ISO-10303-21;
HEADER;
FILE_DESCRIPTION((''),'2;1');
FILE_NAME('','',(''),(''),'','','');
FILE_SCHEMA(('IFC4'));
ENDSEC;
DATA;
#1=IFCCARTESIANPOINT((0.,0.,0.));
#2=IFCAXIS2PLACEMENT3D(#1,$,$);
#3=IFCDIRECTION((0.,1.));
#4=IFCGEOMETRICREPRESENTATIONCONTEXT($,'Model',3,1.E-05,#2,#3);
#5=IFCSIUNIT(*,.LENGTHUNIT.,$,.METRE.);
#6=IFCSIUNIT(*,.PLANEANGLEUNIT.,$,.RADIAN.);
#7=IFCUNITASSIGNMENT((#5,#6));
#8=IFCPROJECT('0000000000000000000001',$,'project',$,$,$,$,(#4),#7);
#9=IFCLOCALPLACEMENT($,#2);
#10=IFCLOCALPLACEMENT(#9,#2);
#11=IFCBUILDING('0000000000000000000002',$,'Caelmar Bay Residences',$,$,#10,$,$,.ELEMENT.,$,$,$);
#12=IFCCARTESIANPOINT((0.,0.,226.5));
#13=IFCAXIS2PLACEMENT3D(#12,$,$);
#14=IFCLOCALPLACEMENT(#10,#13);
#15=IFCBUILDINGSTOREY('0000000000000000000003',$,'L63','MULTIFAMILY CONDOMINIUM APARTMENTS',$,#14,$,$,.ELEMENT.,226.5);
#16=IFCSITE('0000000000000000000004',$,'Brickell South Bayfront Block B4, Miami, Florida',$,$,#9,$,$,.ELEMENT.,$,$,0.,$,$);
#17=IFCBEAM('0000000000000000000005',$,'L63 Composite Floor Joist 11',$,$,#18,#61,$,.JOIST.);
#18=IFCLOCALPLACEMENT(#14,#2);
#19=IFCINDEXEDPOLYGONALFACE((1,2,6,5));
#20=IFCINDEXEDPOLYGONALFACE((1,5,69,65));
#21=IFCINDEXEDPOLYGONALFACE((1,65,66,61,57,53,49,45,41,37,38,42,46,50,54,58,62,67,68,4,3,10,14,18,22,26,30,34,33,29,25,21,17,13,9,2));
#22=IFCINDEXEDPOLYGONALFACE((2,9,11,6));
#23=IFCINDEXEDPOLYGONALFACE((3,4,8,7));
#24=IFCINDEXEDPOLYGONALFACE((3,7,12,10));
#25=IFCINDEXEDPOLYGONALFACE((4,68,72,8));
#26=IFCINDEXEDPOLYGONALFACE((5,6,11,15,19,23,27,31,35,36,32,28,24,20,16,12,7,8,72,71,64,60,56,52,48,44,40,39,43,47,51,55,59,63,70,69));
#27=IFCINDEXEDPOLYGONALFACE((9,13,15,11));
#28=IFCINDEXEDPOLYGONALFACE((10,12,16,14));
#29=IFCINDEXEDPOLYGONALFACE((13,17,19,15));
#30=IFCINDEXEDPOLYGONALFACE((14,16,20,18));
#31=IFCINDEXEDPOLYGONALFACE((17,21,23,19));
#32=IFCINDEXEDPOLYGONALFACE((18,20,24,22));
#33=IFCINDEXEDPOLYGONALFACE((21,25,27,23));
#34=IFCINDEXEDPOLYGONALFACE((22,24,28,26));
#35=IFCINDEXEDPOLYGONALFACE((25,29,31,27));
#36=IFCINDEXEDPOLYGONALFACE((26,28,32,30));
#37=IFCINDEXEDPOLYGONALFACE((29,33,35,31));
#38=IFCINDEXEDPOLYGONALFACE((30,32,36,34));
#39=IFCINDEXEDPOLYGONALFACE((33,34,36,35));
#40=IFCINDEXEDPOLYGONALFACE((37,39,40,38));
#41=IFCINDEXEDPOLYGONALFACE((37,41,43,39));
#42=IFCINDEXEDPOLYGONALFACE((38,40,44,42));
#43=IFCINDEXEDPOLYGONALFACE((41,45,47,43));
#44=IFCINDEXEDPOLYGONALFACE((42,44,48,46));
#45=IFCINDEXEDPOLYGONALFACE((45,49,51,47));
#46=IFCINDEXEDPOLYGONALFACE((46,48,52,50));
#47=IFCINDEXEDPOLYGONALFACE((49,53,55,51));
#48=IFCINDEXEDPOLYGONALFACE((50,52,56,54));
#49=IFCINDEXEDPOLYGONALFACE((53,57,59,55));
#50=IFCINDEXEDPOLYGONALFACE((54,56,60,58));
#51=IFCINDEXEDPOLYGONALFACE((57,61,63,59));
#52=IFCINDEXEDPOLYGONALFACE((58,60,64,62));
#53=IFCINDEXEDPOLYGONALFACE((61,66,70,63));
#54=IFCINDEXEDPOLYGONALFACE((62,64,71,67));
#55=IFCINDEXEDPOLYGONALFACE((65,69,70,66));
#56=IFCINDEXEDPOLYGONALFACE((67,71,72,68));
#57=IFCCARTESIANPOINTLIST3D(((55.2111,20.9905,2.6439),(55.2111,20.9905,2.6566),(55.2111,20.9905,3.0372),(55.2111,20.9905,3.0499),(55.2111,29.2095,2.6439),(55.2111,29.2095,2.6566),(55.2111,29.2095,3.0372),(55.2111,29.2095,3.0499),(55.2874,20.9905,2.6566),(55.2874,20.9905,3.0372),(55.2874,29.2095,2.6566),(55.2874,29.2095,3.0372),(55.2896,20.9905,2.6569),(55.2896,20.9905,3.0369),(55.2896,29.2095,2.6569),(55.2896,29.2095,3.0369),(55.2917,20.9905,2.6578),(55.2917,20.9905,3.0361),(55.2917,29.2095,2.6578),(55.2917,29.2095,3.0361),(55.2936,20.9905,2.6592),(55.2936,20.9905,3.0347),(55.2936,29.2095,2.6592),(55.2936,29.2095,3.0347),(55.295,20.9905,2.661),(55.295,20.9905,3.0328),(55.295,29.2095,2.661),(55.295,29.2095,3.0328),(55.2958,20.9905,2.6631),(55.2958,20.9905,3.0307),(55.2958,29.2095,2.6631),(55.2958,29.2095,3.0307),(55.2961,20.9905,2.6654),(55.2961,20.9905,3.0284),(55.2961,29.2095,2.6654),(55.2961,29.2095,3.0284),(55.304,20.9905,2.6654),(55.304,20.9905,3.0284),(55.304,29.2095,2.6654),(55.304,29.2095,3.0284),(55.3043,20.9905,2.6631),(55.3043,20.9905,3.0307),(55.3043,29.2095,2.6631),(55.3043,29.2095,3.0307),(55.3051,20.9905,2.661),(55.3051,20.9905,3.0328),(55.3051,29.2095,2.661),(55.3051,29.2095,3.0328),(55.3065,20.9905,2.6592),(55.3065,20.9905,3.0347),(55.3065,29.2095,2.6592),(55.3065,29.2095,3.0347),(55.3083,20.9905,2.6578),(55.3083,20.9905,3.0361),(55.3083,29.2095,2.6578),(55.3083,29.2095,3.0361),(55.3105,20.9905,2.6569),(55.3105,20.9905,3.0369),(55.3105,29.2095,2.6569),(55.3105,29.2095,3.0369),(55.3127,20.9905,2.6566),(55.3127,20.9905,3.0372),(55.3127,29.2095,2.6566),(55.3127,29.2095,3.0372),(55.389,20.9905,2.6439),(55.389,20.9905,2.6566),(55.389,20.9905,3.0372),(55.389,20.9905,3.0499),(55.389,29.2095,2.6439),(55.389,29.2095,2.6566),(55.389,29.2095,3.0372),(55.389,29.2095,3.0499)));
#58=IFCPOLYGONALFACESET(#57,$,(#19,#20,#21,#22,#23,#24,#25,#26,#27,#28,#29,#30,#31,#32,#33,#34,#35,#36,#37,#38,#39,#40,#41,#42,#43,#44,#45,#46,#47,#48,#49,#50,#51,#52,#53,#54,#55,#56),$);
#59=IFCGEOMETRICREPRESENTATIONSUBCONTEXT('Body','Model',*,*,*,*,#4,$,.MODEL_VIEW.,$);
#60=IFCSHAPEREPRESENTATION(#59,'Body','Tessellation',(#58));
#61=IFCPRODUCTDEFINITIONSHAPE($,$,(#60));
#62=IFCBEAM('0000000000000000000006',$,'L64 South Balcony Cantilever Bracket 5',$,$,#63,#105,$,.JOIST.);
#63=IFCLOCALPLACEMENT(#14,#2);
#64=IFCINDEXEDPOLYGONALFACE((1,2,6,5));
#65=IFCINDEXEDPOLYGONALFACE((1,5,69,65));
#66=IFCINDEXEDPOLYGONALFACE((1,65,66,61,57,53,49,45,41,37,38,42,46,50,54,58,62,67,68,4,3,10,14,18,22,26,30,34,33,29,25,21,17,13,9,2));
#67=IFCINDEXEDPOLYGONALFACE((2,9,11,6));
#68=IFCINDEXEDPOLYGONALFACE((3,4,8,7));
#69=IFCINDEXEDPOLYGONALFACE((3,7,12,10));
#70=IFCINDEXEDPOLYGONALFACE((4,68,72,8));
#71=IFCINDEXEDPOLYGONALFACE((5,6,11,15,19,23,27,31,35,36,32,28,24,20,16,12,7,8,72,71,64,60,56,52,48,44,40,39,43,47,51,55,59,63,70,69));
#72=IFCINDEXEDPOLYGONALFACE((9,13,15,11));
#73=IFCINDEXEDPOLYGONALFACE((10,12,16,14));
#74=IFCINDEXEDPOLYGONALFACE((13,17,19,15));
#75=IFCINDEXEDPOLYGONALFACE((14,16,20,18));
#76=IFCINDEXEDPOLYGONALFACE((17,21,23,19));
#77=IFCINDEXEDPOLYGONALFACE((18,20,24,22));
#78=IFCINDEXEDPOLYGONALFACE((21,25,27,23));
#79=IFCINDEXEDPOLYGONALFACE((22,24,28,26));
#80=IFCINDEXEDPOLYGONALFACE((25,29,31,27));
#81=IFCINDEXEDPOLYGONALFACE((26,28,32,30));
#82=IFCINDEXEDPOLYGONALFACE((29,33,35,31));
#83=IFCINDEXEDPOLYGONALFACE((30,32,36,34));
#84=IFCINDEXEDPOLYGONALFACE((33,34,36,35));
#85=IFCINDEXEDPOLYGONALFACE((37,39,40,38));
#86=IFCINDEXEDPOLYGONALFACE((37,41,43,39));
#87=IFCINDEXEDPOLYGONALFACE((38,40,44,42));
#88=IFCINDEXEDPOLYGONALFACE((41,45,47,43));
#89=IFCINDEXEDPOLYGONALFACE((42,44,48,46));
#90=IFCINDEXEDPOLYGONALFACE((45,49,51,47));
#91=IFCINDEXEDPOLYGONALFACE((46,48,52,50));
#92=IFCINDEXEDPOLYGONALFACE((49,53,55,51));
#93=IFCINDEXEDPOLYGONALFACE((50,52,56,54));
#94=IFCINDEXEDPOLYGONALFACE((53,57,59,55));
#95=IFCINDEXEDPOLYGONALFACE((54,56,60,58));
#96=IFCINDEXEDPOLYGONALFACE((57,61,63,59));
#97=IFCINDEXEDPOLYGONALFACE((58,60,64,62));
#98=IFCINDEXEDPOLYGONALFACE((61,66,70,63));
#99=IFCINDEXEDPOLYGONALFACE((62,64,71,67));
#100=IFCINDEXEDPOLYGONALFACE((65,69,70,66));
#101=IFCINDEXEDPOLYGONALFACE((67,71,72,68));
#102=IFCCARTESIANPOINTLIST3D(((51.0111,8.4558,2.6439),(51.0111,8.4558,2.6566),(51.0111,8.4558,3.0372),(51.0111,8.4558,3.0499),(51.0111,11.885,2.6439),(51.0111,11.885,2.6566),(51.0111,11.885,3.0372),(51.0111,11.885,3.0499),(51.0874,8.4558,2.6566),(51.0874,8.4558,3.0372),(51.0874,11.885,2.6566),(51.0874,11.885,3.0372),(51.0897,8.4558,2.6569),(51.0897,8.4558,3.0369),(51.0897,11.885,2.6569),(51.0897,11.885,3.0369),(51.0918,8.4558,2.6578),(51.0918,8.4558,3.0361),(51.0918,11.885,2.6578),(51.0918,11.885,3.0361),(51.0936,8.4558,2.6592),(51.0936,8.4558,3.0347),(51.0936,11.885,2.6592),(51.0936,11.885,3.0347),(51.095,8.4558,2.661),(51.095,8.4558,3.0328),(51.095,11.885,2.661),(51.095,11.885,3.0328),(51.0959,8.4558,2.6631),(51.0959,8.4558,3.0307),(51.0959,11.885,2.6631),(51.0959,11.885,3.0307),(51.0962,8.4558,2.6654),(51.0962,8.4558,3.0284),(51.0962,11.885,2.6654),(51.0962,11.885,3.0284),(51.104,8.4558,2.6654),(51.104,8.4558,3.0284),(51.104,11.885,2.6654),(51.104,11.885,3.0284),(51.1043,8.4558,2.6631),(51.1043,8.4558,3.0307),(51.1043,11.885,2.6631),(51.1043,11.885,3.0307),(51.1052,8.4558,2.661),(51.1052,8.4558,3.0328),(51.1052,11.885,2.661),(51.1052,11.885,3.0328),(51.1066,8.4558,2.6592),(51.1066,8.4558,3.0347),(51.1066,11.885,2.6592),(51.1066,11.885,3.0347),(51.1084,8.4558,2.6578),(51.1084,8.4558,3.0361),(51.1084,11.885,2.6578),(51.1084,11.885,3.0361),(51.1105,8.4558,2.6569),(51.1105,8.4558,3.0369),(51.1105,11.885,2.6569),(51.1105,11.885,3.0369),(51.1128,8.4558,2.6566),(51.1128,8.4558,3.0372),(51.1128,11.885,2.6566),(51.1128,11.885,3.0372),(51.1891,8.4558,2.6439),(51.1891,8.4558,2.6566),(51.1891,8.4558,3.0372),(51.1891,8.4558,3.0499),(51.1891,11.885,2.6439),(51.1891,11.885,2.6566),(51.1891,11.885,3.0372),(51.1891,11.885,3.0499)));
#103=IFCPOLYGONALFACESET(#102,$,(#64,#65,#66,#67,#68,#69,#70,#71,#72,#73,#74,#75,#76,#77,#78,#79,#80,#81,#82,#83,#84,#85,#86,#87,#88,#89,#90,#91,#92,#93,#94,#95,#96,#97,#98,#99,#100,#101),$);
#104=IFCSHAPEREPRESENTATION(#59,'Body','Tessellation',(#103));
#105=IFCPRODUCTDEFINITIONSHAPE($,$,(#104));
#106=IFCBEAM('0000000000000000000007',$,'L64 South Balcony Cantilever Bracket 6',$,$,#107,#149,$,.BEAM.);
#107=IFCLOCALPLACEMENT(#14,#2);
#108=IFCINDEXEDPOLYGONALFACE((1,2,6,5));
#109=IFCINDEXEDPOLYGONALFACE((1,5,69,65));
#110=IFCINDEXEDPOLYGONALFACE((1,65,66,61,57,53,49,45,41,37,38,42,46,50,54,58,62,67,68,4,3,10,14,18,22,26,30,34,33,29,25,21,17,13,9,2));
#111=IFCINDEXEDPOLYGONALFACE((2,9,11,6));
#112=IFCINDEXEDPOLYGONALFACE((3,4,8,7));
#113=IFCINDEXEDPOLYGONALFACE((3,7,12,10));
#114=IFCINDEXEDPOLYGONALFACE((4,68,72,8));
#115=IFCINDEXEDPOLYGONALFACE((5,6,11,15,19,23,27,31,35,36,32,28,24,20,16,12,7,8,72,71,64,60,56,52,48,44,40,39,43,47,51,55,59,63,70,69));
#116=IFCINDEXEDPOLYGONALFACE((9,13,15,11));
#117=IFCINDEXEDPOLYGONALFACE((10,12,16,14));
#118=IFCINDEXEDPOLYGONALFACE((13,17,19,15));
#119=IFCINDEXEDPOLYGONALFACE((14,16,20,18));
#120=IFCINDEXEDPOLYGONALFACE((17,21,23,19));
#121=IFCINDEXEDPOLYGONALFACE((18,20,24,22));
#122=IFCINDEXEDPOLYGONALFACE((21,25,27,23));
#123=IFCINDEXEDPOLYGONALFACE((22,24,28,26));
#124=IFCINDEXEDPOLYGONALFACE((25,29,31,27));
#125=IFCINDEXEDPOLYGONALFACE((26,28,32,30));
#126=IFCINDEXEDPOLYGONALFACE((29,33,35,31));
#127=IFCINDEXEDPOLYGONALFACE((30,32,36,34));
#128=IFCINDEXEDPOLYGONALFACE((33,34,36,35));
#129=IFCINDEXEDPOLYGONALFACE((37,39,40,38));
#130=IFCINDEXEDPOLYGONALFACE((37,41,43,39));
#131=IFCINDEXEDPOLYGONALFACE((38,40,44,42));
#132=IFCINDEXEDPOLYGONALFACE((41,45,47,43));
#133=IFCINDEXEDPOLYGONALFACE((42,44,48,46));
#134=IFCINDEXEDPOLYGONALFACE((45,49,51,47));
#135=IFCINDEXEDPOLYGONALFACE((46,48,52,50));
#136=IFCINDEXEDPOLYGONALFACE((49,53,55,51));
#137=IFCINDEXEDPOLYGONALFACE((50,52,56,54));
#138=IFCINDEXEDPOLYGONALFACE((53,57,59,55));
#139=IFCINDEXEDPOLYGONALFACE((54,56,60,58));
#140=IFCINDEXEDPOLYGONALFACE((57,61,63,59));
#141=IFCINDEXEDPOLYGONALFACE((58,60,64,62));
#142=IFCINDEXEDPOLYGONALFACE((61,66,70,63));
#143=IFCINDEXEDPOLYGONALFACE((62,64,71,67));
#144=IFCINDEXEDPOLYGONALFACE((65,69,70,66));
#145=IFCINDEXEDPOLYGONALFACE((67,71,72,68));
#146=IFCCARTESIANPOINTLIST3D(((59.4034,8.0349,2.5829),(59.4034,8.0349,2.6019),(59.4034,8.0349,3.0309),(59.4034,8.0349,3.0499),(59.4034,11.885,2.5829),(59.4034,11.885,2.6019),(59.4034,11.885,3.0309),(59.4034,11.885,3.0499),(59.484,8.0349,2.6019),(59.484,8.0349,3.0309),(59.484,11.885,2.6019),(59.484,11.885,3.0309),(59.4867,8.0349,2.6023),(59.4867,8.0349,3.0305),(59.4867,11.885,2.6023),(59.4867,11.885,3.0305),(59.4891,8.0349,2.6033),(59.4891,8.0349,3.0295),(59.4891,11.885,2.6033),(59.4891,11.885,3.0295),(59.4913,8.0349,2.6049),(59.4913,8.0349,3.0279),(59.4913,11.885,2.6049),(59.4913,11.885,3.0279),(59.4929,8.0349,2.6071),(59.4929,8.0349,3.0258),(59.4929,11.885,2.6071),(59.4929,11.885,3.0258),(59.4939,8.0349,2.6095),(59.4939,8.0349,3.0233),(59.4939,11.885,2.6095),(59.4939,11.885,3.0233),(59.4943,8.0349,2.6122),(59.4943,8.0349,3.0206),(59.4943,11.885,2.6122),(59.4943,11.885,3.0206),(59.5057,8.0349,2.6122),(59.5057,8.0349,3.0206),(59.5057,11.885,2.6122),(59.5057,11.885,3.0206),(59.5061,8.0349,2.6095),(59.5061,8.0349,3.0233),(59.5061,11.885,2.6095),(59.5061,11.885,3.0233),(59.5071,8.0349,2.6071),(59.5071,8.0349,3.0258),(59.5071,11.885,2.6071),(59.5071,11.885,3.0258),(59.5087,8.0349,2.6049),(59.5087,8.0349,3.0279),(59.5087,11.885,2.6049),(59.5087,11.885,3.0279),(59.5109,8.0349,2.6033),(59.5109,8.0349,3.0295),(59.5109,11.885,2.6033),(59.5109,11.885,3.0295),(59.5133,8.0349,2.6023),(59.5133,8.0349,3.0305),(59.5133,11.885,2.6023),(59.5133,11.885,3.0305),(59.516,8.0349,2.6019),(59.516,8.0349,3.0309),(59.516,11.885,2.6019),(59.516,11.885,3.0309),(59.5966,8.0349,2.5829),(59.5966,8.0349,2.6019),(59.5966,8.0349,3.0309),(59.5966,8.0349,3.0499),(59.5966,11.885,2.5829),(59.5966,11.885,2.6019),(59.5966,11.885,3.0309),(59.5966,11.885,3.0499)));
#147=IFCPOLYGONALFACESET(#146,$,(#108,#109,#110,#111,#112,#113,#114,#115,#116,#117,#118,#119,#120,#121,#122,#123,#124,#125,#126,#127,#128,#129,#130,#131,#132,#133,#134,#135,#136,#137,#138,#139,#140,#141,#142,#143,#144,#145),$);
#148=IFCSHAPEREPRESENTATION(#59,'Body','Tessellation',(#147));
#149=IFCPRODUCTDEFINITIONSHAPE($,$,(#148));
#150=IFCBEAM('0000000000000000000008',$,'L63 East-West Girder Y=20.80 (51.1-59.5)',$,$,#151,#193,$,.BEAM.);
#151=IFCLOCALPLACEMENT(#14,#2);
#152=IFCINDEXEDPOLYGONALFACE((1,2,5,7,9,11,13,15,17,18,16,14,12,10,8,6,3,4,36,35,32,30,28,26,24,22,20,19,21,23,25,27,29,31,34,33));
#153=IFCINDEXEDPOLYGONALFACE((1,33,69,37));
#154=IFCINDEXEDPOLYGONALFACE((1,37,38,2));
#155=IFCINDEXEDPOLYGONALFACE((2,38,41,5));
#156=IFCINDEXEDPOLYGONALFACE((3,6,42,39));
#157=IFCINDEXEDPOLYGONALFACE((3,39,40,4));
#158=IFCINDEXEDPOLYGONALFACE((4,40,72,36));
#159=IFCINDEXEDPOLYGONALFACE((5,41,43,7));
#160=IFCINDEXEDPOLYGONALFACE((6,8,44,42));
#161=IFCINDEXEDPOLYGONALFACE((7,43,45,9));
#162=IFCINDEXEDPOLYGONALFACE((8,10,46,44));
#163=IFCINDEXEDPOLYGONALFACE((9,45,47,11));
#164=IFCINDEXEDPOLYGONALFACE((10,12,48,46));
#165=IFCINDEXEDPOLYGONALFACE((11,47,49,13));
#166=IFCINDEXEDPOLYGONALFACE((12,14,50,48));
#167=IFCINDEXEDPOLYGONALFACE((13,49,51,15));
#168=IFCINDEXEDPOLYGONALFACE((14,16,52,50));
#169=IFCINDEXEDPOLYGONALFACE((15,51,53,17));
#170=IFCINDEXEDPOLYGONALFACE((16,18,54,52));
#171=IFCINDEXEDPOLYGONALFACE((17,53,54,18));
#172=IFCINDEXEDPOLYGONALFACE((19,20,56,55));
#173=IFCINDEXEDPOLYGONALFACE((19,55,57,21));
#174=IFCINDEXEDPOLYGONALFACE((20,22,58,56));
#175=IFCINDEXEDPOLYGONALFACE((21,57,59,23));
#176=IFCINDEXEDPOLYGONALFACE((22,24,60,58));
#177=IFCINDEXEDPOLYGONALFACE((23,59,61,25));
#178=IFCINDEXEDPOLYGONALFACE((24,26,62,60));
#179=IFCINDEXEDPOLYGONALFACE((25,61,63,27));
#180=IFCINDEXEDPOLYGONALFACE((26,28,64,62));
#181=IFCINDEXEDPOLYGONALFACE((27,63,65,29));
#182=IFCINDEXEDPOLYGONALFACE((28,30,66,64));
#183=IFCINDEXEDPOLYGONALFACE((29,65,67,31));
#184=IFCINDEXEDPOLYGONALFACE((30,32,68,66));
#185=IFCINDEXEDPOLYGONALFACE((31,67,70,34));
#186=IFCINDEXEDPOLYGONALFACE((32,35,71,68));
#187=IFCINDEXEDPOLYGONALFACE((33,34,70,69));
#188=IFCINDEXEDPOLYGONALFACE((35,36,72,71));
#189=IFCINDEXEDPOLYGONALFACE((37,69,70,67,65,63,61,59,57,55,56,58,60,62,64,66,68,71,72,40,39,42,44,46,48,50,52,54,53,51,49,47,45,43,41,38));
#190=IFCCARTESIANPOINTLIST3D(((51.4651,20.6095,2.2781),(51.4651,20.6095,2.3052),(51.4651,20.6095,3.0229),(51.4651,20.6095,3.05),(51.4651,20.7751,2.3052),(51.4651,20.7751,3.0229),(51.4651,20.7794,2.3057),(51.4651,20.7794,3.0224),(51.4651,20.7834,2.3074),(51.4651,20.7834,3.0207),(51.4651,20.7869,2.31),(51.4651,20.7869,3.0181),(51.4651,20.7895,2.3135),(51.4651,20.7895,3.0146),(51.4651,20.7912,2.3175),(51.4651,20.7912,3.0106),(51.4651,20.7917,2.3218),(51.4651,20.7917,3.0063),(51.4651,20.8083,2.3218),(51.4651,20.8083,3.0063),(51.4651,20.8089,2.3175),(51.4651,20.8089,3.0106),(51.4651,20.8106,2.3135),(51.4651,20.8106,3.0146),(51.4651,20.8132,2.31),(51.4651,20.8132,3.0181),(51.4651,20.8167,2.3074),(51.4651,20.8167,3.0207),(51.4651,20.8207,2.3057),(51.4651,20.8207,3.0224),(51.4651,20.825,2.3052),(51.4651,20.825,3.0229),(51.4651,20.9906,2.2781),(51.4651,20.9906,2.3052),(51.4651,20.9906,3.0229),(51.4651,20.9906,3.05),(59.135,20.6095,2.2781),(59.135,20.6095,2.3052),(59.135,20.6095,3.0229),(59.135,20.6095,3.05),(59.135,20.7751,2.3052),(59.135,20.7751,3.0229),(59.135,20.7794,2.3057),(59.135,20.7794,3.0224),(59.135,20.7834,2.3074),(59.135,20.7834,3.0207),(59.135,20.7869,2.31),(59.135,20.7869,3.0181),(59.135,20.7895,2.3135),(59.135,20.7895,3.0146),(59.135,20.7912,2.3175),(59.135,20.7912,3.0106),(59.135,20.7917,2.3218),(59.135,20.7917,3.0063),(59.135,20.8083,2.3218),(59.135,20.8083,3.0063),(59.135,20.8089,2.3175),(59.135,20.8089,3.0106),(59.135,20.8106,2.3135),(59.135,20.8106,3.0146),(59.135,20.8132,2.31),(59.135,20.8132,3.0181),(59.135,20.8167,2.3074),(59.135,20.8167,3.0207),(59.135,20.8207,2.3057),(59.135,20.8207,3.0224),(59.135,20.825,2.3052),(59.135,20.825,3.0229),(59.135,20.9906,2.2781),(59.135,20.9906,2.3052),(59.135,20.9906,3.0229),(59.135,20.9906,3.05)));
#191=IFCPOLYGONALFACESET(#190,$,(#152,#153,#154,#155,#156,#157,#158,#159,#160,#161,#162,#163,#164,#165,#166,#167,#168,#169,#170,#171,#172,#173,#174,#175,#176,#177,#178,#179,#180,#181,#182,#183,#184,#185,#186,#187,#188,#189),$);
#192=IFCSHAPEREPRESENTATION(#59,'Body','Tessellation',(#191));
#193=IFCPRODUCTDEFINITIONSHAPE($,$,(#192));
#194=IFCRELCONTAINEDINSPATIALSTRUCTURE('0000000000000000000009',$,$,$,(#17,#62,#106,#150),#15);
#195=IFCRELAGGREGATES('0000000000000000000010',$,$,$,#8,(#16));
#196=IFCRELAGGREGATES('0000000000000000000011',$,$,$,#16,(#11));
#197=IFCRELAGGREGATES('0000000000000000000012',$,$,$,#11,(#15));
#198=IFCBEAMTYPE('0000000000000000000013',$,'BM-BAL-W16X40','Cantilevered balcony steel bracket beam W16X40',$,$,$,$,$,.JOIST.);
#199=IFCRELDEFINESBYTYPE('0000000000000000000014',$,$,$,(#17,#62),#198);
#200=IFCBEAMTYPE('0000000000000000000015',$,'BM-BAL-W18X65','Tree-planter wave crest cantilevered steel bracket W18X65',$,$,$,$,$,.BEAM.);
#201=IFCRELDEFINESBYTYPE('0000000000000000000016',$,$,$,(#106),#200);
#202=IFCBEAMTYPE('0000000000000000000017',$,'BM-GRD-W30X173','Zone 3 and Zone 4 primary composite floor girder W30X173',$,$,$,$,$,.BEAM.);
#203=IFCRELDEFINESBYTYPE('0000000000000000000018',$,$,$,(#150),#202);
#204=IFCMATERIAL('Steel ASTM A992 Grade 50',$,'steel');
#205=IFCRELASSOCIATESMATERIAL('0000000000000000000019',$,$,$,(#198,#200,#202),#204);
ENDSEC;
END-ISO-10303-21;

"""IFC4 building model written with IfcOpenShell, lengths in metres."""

from ifc_helpers import new_model, si_unit, direction, frame, origin, origin_2d, place, context, subcontext, project, spatial, i_section, extrude, material, material_profile, profile_set, type_object, element, save


model = new_model("IFC4")

# Units and contexts
model_context = context("Model", 3, precision=1e-05, world=origin(), true_north=direction((0.0, 1.0)))
body_context = subcontext(model_context, "Body", "Model", "MODEL_VIEW")
ifc_project = project(units=[si_unit("LENGTHUNIT", "METRE"), si_unit("PLANEANGLEUNIT", "RADIAN")], contexts=[model_context])

# Site, building, storey
site_placement = place(None, origin())
site = spatial("IfcSite", under=ifc_project, at=site_placement, Name="Brickell South Bayfront Block B4, Miami, Florida", CompositionType="ELEMENT", RefElevation=0.0)
building_placement = place(site_placement, origin())
building = spatial("IfcBuilding", under=site, at=building_placement, Name="Caelmar Bay Residences", CompositionType="ELEMENT")
storey_placement = place(building_placement, frame((0.0, 0.0, 226.5)))
storey = spatial("IfcBuildingStorey", under=building, at=storey_placement, Name="L63", Description="MULTIFAMILY CONDOMINIUM APARTMENTS", CompositionType="ELEMENT", Elevation=226.5)

# Beams
ifc_material_1 = material(Name="Steel ASTM A992 Grade 50", Category="steel")
ifc_material_profile_1 = material_profile(ifc_material_1, i_section(OverallWidth=0.178, OverallDepth=0.406, WebThickness=0.0078, FlangeThickness=0.0127, FilletRadius=0.0088, at=origin_2d()), Name="W16X40")
ifc_profile_set_1 = profile_set([ifc_material_profile_1], Name="Steel ASTM A992 Grade 50")
beam_type_1 = type_object("IfcBeamType", Name="BM-BAL-W16X40", Description="Cantilevered balcony steel bracket beam W16X40", PredefinedType="JOIST", material=ifc_profile_set_1)
for number, where, z_axis, x_axis, name in (
    (1, (55.3, 20.9905, 2.8469), (0.0, 1.0, 0.0), (-1.0, 0.0, 0.0), "L63 Composite Floor Joist 11"),
):
    element("IfcBeam", number, at=place(storey_placement, frame(where, z_axis=z_axis, x_axis=x_axis)), inside=storey, type_object=beam_type_1, Name=name, PredefinedType="JOIST", context=body_context, shape_type="SweptSolid", body=[
        extrude(i_section(OverallWidth=0.178, OverallDepth=0.406, WebThickness=0.0078, FlangeThickness=0.0127, FilletRadius=0.0088, at=origin_2d()), origin(), (0.0, 0.0, 1.0), 8.219),
    ])
beam_1_placement = place(storey_placement, frame((51.1001, 11.885, 2.8469), z_axis=(0.0, -1.0, 0.0), x_axis=(1.0, 0.0, 0.0)))
element("IfcBeam", 2, at=beam_1_placement, inside=storey, type_object=beam_type_1, Name="L64 South Balcony Cantilever Bracket 5", PredefinedType="JOIST", context=body_context, shape_type="SweptSolid", body=[
    extrude(i_section(OverallWidth=0.178, OverallDepth=0.406, WebThickness=0.0078, FlangeThickness=0.0127, FilletRadius=0.0088, at=origin_2d()), origin(), (0.0, 0.0, 1.0), 3.4292),
])
ifc_material_profile_2 = material_profile(ifc_material_1, i_section(OverallWidth=0.1931, OverallDepth=0.467, WebThickness=0.0115, FlangeThickness=0.019, FilletRadius=0.0103, at=origin_2d()), Name="W18X65")
ifc_profile_set_2 = profile_set([ifc_material_profile_2], Name="Steel ASTM A992 Grade 50")
beam_type_2 = type_object("IfcBeamType", Name="BM-BAL-W18X65", Description="Tree-planter wave crest cantilevered steel bracket W18X65", PredefinedType="BEAM", material=ifc_profile_set_2)
beam_2_placement = place(storey_placement, frame((59.5, 11.885, 2.8164), z_axis=(0.0, -1.0, 0.0), x_axis=(1.0, 0.0, 0.0)))
element("IfcBeam", 3, at=beam_2_placement, inside=storey, type_object=beam_type_2, Name="L64 South Balcony Cantilever Bracket 6", PredefinedType="BEAM", context=body_context, shape_type="SweptSolid", body=[
    extrude(i_section(OverallWidth=0.1931, OverallDepth=0.467, WebThickness=0.0115, FlangeThickness=0.019, FilletRadius=0.0103, at=origin_2d()), origin(), (0.0, 0.0, 1.0), 3.8501),
])
ifc_material_profile_3 = material_profile(ifc_material_1, i_section(OverallWidth=0.3811, OverallDepth=0.772, WebThickness=0.0166, FlangeThickness=0.0271, FilletRadius=0.0166, at=origin_2d()), Name="W30X173")
ifc_profile_set_3 = profile_set([ifc_material_profile_3], Name="Steel ASTM A992 Grade 50")
beam_type_3 = type_object("IfcBeamType", Name="BM-GRD-W30X173", Description="Zone 3 and Zone 4 primary composite floor girder W30X173", PredefinedType="BEAM", material=ifc_profile_set_3)
beam_3_placement = place(storey_placement, frame((51.4651, 20.8, 2.6641), z_axis=(1.0, 0.0, 0.0), x_axis=(0.0, 1.0, 0.0)))
element("IfcBeam", 4, at=beam_3_placement, inside=storey, type_object=beam_type_3, Name="L63 East-West Girder Y=20.80 (51.1-59.5)", PredefinedType="BEAM", context=body_context, shape_type="SweptSolid", body=[
    extrude(i_section(OverallWidth=0.3811, OverallDepth=0.772, WebThickness=0.0166, FlangeThickness=0.0271, FilletRadius=0.0166, at=origin_2d()), origin(), (0.0, 0.0, 1.0), 7.6699),
])

save(model, "model.ifc")
